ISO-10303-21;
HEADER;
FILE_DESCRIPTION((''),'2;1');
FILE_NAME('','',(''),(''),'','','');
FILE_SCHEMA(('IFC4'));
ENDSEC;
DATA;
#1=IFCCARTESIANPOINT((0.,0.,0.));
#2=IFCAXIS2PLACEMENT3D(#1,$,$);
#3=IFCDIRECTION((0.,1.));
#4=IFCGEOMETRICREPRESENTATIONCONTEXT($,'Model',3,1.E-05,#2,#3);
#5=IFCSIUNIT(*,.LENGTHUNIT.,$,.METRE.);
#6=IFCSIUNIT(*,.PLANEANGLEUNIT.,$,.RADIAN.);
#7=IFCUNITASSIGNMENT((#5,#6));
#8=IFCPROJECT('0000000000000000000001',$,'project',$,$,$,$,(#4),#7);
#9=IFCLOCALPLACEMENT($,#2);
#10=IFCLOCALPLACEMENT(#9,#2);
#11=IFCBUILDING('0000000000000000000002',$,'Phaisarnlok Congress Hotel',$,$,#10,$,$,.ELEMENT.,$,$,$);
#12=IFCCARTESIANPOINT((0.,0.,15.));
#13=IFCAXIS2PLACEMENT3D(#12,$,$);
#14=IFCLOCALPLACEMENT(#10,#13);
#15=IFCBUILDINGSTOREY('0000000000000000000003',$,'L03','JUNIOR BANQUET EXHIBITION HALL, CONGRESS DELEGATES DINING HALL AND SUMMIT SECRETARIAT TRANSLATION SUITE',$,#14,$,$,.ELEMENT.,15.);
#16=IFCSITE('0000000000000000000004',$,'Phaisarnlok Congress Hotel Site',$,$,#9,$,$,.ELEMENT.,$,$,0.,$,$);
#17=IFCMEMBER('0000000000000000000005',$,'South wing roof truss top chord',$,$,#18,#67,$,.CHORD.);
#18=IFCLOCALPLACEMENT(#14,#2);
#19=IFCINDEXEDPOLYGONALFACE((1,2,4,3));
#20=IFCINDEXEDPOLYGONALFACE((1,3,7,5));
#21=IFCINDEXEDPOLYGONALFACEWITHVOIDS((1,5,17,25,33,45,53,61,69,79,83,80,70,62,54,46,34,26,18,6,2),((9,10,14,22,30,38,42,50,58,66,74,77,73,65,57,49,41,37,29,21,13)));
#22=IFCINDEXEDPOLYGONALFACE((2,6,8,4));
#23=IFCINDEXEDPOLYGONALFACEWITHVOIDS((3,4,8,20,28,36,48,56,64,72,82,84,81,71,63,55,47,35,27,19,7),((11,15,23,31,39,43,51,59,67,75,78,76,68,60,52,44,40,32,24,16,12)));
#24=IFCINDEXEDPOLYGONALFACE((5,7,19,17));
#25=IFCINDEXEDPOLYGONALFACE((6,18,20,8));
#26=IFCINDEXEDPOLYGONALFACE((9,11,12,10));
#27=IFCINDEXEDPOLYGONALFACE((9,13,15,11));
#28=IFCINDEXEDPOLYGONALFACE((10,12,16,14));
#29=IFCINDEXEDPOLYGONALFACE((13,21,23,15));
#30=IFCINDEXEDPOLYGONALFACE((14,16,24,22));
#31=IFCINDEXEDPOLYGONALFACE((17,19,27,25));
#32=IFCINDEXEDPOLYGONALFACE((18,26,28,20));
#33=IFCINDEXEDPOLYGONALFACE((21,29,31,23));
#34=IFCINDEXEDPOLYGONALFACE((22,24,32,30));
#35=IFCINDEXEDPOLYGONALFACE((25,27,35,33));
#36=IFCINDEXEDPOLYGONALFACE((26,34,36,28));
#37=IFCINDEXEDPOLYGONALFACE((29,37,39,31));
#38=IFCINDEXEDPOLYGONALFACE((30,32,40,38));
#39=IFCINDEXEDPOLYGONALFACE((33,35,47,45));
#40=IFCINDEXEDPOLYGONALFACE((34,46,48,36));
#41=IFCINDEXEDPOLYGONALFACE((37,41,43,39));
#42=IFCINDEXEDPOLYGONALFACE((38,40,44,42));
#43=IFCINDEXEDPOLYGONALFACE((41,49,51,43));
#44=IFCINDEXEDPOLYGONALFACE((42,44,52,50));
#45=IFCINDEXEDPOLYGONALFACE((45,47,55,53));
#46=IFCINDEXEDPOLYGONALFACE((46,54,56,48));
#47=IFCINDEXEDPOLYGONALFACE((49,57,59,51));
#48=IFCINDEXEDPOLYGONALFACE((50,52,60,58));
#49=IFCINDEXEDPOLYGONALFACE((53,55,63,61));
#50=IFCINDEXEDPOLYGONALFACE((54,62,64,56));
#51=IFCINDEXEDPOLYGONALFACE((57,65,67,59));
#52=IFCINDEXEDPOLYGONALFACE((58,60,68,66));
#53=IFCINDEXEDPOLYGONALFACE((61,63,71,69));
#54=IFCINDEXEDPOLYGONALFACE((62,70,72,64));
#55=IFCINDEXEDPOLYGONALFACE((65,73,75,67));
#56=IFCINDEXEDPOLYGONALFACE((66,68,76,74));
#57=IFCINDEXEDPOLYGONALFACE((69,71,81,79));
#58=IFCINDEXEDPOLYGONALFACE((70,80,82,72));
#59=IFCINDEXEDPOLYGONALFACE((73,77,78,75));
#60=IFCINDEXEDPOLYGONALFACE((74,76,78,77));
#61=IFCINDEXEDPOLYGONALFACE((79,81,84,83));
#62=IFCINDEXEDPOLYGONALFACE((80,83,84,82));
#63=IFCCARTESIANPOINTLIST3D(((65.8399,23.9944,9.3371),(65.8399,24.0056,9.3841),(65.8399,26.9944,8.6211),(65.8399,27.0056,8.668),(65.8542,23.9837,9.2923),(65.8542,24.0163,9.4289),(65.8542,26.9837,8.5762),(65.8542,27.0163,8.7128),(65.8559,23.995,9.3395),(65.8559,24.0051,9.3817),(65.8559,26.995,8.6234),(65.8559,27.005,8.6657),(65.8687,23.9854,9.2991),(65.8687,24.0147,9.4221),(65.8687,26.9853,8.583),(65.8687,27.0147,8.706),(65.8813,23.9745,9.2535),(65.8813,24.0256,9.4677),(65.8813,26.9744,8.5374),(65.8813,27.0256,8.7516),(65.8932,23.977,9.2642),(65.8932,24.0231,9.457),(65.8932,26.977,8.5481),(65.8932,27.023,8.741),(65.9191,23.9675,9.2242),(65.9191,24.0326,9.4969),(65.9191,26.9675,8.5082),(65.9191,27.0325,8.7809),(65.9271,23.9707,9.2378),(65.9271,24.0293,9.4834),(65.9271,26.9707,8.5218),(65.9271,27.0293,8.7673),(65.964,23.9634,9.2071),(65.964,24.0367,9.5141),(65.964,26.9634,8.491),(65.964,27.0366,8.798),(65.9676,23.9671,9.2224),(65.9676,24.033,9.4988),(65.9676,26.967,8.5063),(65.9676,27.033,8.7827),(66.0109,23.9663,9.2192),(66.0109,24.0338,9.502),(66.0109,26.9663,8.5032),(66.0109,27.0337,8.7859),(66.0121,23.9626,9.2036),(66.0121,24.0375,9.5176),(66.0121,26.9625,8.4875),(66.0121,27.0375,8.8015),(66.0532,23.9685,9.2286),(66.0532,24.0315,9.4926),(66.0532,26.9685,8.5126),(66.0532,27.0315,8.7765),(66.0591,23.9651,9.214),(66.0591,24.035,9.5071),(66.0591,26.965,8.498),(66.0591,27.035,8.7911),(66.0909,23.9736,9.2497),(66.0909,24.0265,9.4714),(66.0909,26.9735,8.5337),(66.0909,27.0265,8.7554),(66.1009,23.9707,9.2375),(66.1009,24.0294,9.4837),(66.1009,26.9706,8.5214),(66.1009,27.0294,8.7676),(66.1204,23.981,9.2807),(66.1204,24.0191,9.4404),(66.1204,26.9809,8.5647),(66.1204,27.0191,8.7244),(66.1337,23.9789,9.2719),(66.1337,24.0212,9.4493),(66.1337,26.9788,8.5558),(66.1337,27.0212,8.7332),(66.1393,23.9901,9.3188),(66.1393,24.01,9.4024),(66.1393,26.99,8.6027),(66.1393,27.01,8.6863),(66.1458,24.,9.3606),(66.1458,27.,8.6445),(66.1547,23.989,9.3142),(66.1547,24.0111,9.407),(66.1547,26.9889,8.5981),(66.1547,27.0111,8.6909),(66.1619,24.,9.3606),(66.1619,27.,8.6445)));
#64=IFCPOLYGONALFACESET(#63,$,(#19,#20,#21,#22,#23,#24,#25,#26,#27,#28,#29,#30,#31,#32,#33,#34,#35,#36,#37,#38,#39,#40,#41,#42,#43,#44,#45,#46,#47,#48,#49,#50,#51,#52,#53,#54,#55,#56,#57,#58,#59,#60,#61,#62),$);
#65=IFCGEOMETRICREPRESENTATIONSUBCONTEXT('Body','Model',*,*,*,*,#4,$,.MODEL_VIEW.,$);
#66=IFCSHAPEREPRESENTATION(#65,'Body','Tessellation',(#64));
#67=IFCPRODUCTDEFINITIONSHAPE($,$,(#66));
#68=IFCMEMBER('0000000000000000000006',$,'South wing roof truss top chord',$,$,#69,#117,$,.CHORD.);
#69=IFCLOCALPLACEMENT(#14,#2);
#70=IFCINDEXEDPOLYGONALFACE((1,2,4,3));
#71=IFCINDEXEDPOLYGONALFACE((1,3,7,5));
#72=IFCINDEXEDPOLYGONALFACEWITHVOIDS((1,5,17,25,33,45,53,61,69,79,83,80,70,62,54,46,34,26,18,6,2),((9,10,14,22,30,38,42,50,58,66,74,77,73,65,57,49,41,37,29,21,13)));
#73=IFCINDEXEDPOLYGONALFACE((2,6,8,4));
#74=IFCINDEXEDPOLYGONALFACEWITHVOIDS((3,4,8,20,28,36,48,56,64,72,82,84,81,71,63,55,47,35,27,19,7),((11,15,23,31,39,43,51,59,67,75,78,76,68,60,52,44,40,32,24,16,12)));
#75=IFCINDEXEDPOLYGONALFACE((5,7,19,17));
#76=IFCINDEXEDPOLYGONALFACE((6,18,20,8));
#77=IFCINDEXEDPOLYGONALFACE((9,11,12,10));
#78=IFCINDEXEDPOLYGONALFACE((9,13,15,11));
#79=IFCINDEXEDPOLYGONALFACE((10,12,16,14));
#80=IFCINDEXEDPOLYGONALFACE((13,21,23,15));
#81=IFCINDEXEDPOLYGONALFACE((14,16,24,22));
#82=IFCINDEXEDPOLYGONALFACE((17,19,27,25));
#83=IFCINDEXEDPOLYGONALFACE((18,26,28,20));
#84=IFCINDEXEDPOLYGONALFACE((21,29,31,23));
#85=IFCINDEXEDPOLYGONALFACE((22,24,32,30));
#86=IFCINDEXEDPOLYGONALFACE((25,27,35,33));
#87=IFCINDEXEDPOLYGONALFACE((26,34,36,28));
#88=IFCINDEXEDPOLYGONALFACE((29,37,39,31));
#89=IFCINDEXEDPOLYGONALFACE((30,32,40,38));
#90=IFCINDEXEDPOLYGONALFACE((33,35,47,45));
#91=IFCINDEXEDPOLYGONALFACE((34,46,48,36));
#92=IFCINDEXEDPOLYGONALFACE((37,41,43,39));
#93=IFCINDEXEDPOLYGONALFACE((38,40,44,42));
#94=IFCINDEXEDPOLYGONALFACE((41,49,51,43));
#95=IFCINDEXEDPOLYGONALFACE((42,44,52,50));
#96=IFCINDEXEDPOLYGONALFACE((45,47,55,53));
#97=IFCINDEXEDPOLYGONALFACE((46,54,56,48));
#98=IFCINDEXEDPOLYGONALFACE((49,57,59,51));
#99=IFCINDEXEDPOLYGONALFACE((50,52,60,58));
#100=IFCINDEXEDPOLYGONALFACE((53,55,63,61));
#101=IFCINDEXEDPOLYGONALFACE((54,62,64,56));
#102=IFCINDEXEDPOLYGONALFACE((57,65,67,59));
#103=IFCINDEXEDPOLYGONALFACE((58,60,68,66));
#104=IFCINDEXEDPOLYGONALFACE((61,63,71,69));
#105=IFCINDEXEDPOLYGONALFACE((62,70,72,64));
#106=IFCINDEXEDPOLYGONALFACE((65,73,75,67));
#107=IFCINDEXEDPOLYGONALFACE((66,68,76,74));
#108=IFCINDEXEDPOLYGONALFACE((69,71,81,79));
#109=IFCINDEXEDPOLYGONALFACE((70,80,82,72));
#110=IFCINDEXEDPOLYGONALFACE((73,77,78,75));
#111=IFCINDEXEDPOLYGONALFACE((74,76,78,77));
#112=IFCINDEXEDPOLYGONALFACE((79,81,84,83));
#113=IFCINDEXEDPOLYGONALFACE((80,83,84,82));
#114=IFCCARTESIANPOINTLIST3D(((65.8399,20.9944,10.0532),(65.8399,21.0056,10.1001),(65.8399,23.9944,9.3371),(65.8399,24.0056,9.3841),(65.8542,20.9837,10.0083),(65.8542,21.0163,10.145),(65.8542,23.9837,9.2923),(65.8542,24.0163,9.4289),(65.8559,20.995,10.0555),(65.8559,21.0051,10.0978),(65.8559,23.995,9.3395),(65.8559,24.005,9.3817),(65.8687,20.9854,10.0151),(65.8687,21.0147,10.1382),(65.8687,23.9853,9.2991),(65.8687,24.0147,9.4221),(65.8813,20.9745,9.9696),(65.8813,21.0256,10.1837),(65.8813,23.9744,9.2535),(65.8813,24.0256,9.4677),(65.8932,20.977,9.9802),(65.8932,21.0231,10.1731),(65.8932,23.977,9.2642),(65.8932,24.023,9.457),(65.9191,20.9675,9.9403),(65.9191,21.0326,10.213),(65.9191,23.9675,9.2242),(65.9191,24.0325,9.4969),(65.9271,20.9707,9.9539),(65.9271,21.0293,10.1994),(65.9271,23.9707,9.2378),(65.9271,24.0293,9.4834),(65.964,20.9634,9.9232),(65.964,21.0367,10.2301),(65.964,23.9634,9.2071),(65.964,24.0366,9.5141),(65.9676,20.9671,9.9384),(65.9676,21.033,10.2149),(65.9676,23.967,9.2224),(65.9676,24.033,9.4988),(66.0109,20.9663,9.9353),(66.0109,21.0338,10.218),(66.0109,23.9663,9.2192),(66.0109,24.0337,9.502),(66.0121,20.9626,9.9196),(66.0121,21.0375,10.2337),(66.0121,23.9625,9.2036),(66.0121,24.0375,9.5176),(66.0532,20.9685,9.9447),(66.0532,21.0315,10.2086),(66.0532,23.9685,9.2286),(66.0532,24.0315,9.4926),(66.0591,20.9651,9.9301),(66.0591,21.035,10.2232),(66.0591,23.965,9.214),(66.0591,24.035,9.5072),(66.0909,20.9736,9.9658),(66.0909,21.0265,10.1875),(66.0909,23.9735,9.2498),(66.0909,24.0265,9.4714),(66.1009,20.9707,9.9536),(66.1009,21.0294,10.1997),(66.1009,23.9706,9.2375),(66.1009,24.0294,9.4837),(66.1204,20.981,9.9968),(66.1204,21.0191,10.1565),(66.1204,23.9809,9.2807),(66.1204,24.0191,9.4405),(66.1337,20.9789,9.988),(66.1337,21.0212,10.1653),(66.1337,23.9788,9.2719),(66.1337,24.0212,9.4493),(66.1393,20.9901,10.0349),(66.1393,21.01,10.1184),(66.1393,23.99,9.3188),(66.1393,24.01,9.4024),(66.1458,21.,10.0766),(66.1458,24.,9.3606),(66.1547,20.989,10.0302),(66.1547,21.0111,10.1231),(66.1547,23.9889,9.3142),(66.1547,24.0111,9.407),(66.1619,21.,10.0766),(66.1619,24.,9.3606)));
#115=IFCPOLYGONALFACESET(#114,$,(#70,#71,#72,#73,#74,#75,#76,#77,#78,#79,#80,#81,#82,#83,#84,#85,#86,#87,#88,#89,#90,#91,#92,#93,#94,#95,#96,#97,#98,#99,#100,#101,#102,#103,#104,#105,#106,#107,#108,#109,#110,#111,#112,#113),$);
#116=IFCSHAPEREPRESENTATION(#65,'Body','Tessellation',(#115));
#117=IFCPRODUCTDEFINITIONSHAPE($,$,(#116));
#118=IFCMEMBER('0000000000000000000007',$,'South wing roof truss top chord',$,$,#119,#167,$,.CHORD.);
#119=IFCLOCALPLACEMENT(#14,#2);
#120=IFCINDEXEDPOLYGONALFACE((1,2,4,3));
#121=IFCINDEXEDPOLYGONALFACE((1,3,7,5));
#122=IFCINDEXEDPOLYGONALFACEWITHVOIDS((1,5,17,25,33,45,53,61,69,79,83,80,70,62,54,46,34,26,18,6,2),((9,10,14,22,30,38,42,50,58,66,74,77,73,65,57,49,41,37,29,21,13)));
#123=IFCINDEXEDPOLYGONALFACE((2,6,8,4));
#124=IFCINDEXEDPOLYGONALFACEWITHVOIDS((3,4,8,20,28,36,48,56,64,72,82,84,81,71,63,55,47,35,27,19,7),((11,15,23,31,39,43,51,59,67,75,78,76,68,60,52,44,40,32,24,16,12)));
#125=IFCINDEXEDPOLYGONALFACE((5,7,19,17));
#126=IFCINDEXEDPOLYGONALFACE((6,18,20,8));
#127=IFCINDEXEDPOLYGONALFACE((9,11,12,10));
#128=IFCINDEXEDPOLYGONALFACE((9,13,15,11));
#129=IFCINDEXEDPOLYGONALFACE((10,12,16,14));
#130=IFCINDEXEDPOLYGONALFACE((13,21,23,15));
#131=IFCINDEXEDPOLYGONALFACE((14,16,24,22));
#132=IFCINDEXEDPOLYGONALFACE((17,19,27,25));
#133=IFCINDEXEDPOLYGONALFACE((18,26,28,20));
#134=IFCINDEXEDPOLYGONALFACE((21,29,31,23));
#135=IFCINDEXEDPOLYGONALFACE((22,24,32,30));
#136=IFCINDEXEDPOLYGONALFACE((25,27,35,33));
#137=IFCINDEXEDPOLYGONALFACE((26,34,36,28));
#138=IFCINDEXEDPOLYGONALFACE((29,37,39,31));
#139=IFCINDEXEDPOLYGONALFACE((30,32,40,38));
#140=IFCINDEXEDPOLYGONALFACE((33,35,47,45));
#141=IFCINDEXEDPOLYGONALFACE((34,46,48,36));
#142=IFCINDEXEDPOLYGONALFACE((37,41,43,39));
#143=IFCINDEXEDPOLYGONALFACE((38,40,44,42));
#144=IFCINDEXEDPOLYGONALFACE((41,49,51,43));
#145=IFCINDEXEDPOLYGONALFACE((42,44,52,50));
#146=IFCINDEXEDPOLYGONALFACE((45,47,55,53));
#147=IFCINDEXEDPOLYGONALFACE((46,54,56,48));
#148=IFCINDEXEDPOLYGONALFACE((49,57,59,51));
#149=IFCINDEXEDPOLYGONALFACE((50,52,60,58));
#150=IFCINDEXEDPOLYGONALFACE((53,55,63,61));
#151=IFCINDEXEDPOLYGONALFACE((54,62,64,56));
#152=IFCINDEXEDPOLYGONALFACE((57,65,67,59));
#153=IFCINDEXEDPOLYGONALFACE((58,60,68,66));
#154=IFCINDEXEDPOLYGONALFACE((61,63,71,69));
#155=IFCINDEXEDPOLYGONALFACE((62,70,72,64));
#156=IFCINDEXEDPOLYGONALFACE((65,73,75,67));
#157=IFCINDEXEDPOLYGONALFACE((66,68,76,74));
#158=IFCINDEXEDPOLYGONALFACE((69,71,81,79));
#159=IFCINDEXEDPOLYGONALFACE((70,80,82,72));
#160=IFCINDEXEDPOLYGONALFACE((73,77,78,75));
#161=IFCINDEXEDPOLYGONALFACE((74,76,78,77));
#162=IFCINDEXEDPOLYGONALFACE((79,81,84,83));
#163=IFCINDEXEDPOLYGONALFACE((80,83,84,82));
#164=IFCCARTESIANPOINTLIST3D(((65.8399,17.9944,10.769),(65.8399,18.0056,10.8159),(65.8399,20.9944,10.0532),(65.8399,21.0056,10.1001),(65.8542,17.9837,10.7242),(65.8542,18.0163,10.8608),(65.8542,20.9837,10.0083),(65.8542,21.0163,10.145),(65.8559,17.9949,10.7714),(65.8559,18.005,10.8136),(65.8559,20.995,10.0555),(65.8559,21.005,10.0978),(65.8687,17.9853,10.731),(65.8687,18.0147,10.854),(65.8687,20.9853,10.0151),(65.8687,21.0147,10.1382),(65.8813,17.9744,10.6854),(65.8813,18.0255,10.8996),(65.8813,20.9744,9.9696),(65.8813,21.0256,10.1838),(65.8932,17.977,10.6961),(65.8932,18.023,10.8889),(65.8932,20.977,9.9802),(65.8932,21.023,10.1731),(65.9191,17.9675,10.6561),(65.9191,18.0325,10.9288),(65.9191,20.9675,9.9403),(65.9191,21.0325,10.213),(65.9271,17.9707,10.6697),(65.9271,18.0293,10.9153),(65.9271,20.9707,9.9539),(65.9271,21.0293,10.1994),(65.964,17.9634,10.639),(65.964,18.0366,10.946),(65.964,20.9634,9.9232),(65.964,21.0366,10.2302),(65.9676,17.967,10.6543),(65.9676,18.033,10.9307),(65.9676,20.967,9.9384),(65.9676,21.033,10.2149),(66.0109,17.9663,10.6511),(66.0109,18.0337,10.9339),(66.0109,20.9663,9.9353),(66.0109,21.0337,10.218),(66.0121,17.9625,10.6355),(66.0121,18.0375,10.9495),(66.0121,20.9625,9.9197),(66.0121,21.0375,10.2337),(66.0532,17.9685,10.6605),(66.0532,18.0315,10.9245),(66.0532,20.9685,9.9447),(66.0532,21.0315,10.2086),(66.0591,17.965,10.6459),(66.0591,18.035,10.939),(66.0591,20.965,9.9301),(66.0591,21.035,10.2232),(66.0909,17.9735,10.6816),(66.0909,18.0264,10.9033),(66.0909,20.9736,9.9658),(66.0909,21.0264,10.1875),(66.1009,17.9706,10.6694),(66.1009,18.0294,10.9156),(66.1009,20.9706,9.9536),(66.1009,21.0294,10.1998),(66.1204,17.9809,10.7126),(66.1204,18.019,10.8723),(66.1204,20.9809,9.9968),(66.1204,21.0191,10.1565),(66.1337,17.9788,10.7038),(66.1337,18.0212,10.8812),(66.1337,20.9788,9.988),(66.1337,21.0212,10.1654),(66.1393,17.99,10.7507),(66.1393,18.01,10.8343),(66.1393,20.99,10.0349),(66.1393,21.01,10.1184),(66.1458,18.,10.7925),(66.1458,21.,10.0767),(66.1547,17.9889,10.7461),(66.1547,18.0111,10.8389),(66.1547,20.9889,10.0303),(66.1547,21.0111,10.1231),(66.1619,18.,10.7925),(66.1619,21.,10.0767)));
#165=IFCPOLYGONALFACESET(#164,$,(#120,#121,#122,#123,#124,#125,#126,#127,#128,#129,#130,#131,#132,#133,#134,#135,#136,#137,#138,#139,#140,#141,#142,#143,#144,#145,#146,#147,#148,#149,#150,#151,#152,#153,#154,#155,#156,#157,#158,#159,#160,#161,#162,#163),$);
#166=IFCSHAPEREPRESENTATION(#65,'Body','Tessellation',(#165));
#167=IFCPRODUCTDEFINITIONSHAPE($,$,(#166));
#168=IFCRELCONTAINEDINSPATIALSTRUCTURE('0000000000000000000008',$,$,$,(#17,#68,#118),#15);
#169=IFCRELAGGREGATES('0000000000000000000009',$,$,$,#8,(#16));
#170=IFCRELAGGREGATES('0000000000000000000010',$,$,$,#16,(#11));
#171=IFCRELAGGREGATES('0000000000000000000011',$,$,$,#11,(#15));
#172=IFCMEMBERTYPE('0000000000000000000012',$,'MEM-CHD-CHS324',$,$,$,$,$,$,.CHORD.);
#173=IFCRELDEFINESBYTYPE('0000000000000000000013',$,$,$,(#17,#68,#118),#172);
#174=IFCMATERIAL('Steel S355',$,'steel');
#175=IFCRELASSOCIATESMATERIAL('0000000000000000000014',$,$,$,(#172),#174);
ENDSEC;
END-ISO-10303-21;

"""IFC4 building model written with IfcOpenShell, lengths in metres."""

from ifc_helpers import new_model, si_unit, direction, frame, origin, origin_2d, place, context, subcontext, project, spatial, hollow_circle, extrude, material, material_profile, profile_set, type_object, element, save


model = new_model("IFC4")

# Units and contexts
model_context = context("Model", 3, precision=1e-05, world=origin(), true_north=direction((0.0, 1.0)))
body_context = subcontext(model_context, "Body", "Model", "MODEL_VIEW")
ifc_project = project(units=[si_unit("LENGTHUNIT", "METRE"), si_unit("PLANEANGLEUNIT", "RADIAN")], contexts=[model_context])

# Site, building, storey
site_placement = place(None, origin())
site = spatial("IfcSite", under=ifc_project, at=site_placement, Name="Phaisarnlok Congress Hotel Site", CompositionType="ELEMENT", RefElevation=0.0)
building_placement = place(site_placement, origin())
building = spatial("IfcBuilding", under=site, at=building_placement, Name="Phaisarnlok Congress Hotel", CompositionType="ELEMENT")
storey_placement = place(building_placement, frame((0.0, 0.0, 15.0)))
storey = spatial("IfcBuildingStorey", under=building, at=storey_placement, Name="L03", Description="JUNIOR BANQUET EXHIBITION HALL, CONGRESS DELEGATES DINING HALL AND SUMMIT SECRETARIAT TRANSLATION SUITE", CompositionType="ELEMENT", Elevation=15.0)

# Shared definitions
ifc_material_1 = material(Name="Steel S355", Category="steel")

# Members
ifc_material_profile_1 = material_profile(ifc_material_1, hollow_circle(Radius=0.1619, WallThickness=0.0161, at=origin_2d()), Name="CHS 323.9x16")
ifc_profile_set_1 = profile_set([ifc_material_profile_1], Name="Steel S355")
member_type_1 = type_object("IfcMemberType", Name="MEM-CHD-CHS324", PredefinedType="CHORD", material=ifc_profile_set_1)
for number, where, z_axis, x_axis, name in (
    (1, (66.0, 27.0, 8.6445), (0.0, -0.972676, 0.232166), (1.0, 0.0, 0.0), "South wing roof truss top chord"),
    (2, (66.0, 24.0, 9.3606), (0.0, -0.972676, 0.232166), (1.0, 0.0, 0.0), "South wing roof truss top chord"),
    (3, (66.0, 21.0, 10.0767), (0.0, -0.972694, 0.232091), (1.0, 0.0, 0.0), "South wing roof truss top chord"),
):
    element("IfcMember", number, at=place(storey_placement, frame(where, z_axis=z_axis, x_axis=x_axis)), inside=storey, type_object=member_type_1, Name=name, PredefinedType="CHORD", context=body_context, shape_type="SweptSolid", body=[
        extrude(hollow_circle(Radius=0.1619, WallThickness=0.0161, at=origin_2d()), origin(), (0.0, 0.0, 1.0), 3.0842),
    ])

save(model, "model.ifc")
